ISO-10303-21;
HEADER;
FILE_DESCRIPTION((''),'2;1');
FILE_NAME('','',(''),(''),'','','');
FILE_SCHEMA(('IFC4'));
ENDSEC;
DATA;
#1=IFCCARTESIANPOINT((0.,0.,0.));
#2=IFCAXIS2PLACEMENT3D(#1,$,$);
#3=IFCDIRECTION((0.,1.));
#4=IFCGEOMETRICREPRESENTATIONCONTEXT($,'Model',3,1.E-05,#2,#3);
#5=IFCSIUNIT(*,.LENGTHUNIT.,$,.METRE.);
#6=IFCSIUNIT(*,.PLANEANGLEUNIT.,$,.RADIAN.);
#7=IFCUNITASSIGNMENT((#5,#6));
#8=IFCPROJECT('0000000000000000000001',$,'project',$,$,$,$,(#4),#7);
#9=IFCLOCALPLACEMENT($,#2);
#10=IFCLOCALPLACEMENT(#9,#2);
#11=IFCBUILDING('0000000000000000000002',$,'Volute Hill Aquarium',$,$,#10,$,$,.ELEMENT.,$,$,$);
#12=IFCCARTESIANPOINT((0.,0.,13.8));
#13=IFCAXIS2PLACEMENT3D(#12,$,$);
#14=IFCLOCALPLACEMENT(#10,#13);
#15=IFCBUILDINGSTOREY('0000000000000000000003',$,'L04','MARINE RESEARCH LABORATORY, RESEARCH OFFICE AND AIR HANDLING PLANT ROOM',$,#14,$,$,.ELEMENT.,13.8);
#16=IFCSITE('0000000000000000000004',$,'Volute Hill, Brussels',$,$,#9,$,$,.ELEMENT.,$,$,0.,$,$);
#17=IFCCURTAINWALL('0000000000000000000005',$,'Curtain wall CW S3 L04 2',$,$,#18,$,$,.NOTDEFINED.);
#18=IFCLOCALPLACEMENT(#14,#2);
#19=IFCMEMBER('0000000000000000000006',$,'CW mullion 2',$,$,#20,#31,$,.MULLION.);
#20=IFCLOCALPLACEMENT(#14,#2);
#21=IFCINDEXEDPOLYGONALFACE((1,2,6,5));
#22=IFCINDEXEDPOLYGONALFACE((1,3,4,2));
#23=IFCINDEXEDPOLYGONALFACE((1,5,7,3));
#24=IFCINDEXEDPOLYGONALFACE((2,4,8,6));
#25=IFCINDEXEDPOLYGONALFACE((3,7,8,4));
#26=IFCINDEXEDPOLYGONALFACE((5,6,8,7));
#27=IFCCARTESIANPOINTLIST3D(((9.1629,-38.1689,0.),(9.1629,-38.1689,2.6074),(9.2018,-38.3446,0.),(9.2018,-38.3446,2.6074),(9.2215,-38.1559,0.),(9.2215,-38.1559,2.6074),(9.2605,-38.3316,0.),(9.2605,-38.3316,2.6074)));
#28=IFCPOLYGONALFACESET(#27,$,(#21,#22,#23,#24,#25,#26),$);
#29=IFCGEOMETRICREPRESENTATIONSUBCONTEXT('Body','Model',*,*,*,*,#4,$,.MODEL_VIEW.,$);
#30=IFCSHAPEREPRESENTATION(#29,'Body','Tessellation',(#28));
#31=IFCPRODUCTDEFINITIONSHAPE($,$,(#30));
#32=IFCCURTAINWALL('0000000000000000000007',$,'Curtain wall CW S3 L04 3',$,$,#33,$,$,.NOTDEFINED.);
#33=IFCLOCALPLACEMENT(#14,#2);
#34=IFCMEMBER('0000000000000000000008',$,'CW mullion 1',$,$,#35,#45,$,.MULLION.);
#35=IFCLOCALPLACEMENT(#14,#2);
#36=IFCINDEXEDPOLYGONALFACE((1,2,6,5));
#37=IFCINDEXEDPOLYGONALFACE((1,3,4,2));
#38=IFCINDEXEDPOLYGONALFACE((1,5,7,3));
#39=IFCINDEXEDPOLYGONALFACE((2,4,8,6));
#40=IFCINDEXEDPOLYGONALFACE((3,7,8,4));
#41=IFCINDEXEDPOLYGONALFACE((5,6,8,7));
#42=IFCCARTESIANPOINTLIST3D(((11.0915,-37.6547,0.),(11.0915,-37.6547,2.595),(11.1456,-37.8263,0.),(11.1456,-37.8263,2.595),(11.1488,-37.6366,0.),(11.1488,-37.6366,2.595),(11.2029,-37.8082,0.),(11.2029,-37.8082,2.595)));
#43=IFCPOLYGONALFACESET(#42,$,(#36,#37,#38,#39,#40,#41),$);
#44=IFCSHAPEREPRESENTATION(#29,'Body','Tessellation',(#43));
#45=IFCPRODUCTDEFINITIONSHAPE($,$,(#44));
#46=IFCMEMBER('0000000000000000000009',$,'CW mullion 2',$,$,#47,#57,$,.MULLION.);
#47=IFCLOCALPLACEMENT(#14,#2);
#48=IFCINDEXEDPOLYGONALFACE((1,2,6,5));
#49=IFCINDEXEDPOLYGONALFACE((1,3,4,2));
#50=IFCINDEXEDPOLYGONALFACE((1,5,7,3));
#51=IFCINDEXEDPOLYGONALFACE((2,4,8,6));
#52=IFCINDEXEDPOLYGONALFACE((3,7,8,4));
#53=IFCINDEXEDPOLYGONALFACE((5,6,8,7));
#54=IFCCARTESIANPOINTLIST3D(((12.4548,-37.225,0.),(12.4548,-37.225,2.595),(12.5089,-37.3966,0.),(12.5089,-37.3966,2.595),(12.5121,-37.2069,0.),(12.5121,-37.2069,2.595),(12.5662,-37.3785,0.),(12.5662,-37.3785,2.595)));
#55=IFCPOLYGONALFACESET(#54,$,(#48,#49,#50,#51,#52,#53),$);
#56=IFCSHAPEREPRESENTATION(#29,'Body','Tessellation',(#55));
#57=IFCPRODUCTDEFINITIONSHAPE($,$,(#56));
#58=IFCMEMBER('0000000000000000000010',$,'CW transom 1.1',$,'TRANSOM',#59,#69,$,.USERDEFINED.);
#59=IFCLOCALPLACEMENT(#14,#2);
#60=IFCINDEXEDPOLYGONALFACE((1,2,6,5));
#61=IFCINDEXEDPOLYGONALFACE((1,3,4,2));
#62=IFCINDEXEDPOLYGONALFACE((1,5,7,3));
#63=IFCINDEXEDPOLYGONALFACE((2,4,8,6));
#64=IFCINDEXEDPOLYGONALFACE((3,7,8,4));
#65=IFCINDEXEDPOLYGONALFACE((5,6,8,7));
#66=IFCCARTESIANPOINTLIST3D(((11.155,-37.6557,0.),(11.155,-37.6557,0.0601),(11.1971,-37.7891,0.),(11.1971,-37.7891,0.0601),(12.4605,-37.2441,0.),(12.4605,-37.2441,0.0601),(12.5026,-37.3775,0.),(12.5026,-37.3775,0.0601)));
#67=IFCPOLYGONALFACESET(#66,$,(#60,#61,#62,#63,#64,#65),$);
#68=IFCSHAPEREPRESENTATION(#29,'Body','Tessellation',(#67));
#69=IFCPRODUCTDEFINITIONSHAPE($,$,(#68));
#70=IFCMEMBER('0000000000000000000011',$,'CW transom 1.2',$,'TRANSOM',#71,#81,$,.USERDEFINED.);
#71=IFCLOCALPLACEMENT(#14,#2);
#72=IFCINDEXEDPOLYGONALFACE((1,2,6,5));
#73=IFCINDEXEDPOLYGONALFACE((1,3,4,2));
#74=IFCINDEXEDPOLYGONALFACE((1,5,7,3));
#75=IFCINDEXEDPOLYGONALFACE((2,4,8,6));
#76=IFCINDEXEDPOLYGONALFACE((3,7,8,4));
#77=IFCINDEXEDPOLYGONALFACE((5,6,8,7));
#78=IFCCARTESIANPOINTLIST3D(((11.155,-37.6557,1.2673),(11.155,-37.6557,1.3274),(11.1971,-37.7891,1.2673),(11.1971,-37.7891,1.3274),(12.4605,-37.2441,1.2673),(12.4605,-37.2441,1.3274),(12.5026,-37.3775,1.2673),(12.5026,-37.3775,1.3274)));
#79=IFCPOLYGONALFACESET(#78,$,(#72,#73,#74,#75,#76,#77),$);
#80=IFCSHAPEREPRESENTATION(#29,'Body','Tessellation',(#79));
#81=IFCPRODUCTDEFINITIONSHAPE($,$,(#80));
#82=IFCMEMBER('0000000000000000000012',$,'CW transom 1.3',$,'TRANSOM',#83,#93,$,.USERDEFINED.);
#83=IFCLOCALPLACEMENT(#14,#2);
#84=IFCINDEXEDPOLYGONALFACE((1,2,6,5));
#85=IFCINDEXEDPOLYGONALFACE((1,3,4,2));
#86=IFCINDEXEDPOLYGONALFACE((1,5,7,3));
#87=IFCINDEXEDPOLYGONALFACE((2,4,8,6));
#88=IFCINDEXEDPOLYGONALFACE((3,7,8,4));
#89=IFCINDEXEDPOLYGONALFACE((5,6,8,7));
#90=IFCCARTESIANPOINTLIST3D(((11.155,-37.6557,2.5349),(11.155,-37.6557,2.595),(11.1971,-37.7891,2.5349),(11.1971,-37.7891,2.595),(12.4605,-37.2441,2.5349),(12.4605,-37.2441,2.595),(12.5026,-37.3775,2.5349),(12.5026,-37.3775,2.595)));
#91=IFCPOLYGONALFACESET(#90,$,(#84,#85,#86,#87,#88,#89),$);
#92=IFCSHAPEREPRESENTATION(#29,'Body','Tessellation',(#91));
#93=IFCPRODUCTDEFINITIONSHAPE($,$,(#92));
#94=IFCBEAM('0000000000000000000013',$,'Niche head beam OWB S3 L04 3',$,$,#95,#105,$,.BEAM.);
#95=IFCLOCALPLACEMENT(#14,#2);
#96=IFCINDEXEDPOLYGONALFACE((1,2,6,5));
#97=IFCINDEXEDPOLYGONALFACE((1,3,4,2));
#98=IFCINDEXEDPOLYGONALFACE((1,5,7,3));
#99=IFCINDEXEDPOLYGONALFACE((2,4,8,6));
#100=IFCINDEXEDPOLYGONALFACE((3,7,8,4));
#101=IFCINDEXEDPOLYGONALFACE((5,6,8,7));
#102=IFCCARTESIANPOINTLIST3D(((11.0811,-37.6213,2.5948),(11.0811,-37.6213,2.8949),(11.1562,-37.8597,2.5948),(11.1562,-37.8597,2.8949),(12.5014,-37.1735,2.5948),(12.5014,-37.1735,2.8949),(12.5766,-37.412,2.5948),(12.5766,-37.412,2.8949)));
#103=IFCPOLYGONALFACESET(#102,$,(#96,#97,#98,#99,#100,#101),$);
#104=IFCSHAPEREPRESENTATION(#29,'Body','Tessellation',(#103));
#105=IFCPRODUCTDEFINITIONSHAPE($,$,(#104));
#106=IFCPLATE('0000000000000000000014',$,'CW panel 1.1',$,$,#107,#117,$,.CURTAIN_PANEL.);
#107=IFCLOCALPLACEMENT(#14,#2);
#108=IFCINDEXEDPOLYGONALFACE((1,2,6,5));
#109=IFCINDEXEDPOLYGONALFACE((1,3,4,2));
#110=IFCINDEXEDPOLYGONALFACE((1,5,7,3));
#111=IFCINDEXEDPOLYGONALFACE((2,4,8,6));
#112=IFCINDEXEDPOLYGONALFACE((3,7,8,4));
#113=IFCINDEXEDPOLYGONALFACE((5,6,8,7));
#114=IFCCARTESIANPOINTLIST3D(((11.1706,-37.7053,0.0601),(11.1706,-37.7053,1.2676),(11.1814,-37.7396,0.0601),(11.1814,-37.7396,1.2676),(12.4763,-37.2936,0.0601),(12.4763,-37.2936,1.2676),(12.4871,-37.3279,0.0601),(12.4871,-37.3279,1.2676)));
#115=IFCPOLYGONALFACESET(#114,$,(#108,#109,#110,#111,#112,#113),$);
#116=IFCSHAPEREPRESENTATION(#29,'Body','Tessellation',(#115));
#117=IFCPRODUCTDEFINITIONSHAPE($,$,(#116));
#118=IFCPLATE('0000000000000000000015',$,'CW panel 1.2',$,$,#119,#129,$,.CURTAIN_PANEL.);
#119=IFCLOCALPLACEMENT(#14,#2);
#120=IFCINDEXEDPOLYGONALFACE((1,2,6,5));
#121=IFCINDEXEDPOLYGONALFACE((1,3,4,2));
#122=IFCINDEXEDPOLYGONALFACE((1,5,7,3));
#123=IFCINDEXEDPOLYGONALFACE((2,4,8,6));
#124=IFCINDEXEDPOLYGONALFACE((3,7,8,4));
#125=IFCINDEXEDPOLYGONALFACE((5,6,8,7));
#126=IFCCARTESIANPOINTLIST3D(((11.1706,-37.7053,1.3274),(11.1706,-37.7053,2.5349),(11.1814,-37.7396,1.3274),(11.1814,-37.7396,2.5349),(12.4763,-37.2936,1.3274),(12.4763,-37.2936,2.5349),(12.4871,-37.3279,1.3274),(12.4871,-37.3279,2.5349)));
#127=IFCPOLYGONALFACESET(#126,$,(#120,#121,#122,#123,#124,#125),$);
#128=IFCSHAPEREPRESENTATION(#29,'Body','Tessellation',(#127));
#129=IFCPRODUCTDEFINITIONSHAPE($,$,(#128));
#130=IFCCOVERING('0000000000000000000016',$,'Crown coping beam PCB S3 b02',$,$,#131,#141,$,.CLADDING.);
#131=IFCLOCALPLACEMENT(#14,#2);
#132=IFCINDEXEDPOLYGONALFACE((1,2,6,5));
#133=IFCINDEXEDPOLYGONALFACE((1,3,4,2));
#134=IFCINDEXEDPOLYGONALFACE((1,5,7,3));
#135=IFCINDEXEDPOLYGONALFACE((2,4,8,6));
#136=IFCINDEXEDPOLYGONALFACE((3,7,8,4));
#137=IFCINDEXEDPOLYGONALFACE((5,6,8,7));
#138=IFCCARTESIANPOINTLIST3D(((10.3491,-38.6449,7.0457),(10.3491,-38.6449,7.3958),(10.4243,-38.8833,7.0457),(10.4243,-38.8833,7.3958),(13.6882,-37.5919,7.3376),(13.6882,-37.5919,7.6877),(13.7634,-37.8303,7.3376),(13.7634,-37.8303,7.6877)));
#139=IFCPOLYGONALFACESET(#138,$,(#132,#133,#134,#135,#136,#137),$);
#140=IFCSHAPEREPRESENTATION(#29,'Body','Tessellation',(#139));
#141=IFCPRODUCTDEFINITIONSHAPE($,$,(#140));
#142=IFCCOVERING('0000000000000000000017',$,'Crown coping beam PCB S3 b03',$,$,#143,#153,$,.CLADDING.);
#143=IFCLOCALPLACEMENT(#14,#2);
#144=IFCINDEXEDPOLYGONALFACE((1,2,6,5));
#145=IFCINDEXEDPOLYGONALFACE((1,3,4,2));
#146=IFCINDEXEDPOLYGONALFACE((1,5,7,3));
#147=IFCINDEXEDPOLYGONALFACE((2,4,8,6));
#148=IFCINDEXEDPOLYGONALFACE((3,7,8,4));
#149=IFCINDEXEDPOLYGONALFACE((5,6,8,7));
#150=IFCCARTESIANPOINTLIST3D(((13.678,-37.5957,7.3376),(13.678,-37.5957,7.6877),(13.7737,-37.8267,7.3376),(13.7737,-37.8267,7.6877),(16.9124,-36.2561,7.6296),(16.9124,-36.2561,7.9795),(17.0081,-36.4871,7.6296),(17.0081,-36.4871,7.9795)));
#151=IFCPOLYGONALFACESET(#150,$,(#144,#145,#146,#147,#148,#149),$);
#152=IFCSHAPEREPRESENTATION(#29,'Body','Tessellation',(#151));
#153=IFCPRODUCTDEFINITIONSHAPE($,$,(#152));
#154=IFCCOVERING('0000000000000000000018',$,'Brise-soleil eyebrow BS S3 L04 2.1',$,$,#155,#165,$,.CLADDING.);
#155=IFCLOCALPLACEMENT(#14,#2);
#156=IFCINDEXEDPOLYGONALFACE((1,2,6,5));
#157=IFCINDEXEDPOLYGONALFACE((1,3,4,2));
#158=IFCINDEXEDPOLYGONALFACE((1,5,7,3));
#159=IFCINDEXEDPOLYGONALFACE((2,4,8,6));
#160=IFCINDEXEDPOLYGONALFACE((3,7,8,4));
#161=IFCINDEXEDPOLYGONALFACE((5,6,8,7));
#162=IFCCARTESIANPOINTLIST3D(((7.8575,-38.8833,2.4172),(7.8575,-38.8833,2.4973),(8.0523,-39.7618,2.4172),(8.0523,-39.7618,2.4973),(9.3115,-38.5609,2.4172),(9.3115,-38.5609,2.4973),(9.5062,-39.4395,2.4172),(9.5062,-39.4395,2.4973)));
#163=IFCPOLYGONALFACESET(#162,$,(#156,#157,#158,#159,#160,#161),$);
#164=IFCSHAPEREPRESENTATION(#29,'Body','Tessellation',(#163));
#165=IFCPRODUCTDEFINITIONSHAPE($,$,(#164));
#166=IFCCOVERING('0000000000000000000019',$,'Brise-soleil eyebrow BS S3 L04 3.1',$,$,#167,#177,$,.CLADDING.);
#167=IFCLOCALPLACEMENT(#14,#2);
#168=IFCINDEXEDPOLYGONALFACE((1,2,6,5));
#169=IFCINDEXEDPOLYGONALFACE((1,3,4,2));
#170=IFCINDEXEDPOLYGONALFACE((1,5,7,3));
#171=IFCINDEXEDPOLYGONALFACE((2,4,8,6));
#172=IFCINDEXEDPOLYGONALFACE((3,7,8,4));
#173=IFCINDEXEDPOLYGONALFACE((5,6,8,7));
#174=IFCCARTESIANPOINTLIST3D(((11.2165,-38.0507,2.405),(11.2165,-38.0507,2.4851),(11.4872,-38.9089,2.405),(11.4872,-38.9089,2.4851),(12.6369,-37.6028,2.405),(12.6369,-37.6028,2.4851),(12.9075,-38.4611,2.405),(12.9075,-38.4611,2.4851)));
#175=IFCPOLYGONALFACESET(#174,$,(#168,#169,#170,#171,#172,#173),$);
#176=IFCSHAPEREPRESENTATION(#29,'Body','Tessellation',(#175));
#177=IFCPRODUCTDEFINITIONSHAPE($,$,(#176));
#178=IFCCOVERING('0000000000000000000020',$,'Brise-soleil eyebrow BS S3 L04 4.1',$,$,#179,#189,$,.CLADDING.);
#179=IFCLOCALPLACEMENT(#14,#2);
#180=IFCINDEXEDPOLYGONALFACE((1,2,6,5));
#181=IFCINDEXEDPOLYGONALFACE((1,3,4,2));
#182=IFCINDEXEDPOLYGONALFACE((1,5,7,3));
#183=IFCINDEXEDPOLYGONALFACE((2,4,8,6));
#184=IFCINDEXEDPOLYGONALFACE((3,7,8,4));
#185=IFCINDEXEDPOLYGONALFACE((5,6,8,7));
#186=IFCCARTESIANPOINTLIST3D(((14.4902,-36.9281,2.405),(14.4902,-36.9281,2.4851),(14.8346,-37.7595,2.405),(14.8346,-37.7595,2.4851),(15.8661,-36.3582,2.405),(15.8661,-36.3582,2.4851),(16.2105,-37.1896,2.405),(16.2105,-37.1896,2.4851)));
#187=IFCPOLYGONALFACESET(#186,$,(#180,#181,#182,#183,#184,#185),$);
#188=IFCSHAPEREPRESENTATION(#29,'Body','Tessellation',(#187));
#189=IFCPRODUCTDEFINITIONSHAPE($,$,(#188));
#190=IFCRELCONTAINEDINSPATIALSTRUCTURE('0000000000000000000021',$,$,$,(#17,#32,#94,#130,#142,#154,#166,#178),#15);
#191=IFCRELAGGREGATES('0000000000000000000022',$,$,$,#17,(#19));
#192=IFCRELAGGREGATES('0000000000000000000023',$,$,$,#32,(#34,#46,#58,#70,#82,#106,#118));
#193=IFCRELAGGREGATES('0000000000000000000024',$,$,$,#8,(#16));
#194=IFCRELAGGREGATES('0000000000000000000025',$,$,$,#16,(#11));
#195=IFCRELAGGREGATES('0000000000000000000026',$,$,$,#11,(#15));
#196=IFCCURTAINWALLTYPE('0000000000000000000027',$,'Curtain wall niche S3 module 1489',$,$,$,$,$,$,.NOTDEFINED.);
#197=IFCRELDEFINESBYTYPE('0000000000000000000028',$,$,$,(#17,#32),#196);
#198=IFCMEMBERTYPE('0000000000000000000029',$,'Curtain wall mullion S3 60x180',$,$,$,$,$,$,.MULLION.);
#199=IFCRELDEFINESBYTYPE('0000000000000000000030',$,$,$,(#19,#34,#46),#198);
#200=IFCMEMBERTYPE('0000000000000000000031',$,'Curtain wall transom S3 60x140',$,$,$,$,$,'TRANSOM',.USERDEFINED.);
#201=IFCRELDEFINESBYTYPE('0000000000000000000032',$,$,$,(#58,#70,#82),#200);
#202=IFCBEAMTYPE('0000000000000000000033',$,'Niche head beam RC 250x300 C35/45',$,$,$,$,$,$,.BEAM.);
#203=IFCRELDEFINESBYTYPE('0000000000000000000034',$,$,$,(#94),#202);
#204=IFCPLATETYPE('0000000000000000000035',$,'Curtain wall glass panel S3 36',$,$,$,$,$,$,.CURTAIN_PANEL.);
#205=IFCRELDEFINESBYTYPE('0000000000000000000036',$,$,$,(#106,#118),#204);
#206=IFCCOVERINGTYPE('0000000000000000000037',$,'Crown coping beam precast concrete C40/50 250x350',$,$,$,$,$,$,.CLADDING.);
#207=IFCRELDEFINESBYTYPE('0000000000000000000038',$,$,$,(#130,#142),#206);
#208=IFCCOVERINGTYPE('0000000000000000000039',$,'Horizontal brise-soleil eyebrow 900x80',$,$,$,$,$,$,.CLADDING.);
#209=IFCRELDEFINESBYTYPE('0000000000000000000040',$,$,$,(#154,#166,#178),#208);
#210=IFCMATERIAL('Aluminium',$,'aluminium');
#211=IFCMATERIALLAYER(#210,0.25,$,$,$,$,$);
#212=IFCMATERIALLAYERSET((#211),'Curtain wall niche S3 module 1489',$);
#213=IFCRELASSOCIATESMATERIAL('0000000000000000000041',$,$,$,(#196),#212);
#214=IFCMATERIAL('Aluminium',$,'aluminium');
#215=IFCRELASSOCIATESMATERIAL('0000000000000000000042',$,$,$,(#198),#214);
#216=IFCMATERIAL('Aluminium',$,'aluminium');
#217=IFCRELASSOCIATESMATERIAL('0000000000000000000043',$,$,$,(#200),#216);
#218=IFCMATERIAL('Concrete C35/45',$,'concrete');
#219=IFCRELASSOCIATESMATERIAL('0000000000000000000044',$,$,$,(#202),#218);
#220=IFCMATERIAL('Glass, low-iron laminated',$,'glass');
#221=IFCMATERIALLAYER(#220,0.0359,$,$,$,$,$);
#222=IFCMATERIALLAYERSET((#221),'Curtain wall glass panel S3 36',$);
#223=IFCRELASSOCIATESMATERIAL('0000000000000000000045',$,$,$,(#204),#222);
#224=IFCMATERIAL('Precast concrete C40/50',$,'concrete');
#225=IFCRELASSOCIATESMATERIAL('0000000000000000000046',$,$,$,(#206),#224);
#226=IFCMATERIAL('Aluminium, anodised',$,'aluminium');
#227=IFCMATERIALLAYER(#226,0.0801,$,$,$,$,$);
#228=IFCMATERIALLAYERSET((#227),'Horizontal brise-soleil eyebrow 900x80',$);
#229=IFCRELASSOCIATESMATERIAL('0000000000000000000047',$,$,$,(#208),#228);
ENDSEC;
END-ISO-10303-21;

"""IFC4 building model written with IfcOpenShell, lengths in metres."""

from ifc_helpers import new_model, si_unit, direction, frame, origin, origin_2d, place, context, subcontext, project, spatial, polyline, rectangle, outline, extrude, material, layer, layer_set, material_profile, profile_set, type_object, element, aggregate, save


model = new_model("IFC4")

# Units and contexts
model_context = context("Model", 3, precision=1e-05, world=origin(), true_north=direction((0.0, 1.0)))
body_context = subcontext(model_context, "Body", "Model", "MODEL_VIEW")
ifc_project = project(units=[si_unit("LENGTHUNIT", "METRE"), si_unit("PLANEANGLEUNIT", "RADIAN")], contexts=[model_context])

# Site, building, storey
site_placement = place(None, origin())
site = spatial("IfcSite", under=ifc_project, at=site_placement, Name="Volute Hill, Brussels", CompositionType="ELEMENT", RefElevation=0.0)
building_placement = place(site_placement, origin())
building = spatial("IfcBuilding", under=site, at=building_placement, Name="Volute Hill Aquarium", CompositionType="ELEMENT")
storey_placement = place(building_placement, frame((0.0, 0.0, 13.8)))
storey = spatial("IfcBuildingStorey", under=building, at=storey_placement, Name="L04", Description="MARINE RESEARCH LABORATORY, RESEARCH OFFICE AND AIR HANDLING PLANT ROOM", CompositionType="ELEMENT", Elevation=13.8)

# Curtain wall, member
ifc_material_1 = material(Name="Aluminium", Category="aluminium")
ifc_layer_1 = layer(ifc_material_1, 0.25)
ifc_layer_set_1 = layer_set([ifc_layer_1], Name="Curtain wall niche S3 module 1489")
curtain_wall_type = type_object("IfcCurtainWallType", Name="Curtain wall niche S3 module 1489", PredefinedType="NOTDEFINED", material=ifc_layer_set_1)
curtain_wall_1_placement = place(storey_placement, origin())
curtain_wall_1 = element("IfcCurtainWall", 1, at=curtain_wall_1_placement, inside=storey, type_object=curtain_wall_type, Name="Curtain wall CW S3 L04 2", PredefinedType="NOTDEFINED")
ifc_material_2 = material(Name="Aluminium", Category="aluminium")
ifc_material_profile_1 = material_profile(ifc_material_2, rectangle(XDim=0.1799, YDim=0.0601, at=origin_2d()), Name="Curtain wall mullion S3 60x180")
ifc_profile_set_1 = profile_set([ifc_material_profile_1], Name="Aluminium")
member_type_1 = type_object("IfcMemberType", Name="Curtain wall mullion S3 60x180", PredefinedType="MULLION", material=ifc_profile_set_1)
member_1_placement = place(storey_placement, frame((9.2117, -38.2502, 0.0), z_axis=(0.0, 0.0, 1.0), x_axis=(-0.216429, 0.976298, 0.0)))
member_1 = element("IfcMember", 2, at=member_1_placement, type_object=member_type_1, Name="CW mullion 2", PredefinedType="MULLION", context=body_context, shape_type="SweptSolid", body=[
    extrude(rectangle(XDim=0.1799, YDim=0.0601, at=origin_2d()), origin(), (0.0, 0.0, 1.0), 2.6074),
])
aggregate(curtain_wall_1, [member_1])

# Curtain wall, members
curtain_wall_2_placement = place(storey_placement, origin())
curtain_wall_2 = element("IfcCurtainWall", 3, at=curtain_wall_2_placement, inside=storey, type_object=curtain_wall_type, Name="Curtain wall CW S3 L04 3", PredefinedType="NOTDEFINED")
member_2_placement = place(storey_placement, frame((11.1472, -37.7314, 0.0), z_axis=(0.0, 0.0, 1.0), x_axis=(-0.300713, 0.953715, 0.0)))
member_2 = element("IfcMember", 4, at=member_2_placement, type_object=member_type_1, Name="CW mullion 1", PredefinedType="MULLION", context=body_context, shape_type="SweptSolid", body=[
    extrude(rectangle(XDim=0.1799, YDim=0.0601, at=origin_2d()), origin(), (0.0, 0.0, 1.0), 2.595),
])
member_3_placement = place(storey_placement, frame((12.5105, -37.3018, 0.0), z_axis=(0.0, 0.0, 1.0), x_axis=(-0.300713, 0.953715, 0.0)))
member_3 = element("IfcMember", 5, at=member_3_placement, type_object=member_type_1, Name="CW mullion 2", PredefinedType="MULLION", context=body_context, shape_type="SweptSolid", body=[
    extrude(rectangle(XDim=0.1799, YDim=0.0601, at=origin_2d()), origin(), (0.0, 0.0, 1.0), 2.595),
])
ifc_material_3 = material(Name="Aluminium", Category="aluminium")
ifc_material_profile_2 = material_profile(ifc_material_3, rectangle(XDim=0.1399, YDim=0.0601, at=origin_2d()), Name="Curtain wall transom S3 60x140")
ifc_profile_set_2 = profile_set([ifc_material_profile_2], Name="Aluminium")
member_type_2 = type_object("IfcMemberType", Name="Curtain wall transom S3 60x140", ElementType="TRANSOM", PredefinedType="USERDEFINED", material=ifc_profile_set_2)
member_4_placement = place(storey_placement, frame((11.176, -37.7224, 0.03), z_axis=(0.953728, 0.30067, 0.0), x_axis=(-0.30067, 0.953728, 0.0)))
member_4 = element("IfcMember", 6, at=member_4_placement, type_object=member_type_2, Name="CW transom 1.1", ObjectType="TRANSOM", PredefinedType="USERDEFINED", context=body_context, shape_type="SweptSolid", body=[
    extrude(rectangle(XDim=0.1399, YDim=0.0601, at=origin_2d()), origin(), (0.0, 0.0, 1.0), 1.3689),
])
member_5_placement = place(storey_placement, frame((11.176, -37.7224, 1.2974), z_axis=(0.953728, 0.30067, 0.0), x_axis=(-0.30067, 0.953728, 0.0)))
member_5 = element("IfcMember", 7, at=member_5_placement, type_object=member_type_2, Name="CW transom 1.2", ObjectType="TRANSOM", PredefinedType="USERDEFINED", context=body_context, shape_type="SweptSolid", body=[
    extrude(rectangle(XDim=0.1399, YDim=0.0601, at=origin_2d()), origin(), (0.0, 0.0, 1.0), 1.3689),
])
member_6_placement = place(storey_placement, frame((11.176, -37.7224, 2.5649), z_axis=(0.953728, 0.30067, 0.0), x_axis=(-0.30067, 0.953728, 0.0)))
member_6 = element("IfcMember", 8, at=member_6_placement, type_object=member_type_2, Name="CW transom 1.3", ObjectType="TRANSOM", PredefinedType="USERDEFINED", context=body_context, shape_type="SweptSolid", body=[
    extrude(rectangle(XDim=0.1399, YDim=0.0601, at=origin_2d()), origin(), (0.0, 0.0, 1.0), 1.3689),
])

# Beam
ifc_material_4 = material(Name="Concrete C35/45", Category="concrete")
ifc_material_profile_3 = material_profile(ifc_material_4, rectangle(XDim=0.25, YDim=0.3, at=origin_2d()), Name="RC beam 250x300")
ifc_profile_set_3 = profile_set([ifc_material_profile_3], Name="Concrete C35/45")
beam_type = type_object("IfcBeamType", Name="Niche head beam RC 250x300 C35/45", PredefinedType="BEAM", material=ifc_profile_set_3)
beam_placement = place(storey_placement, frame((11.1187, -37.7405, 2.7449), z_axis=(0.953736, 0.300645, 0.0), x_axis=(-0.300645, 0.953736, 0.0)))
element("IfcBeam", 9, at=beam_placement, inside=storey, type_object=beam_type, Name="Niche head beam OWB S3 L04 3", PredefinedType="BEAM", context=body_context, shape_type="SweptSolid", body=[
    extrude(rectangle(XDim=0.25, YDim=0.3, at=origin_2d()), origin(), (0.0, 0.0, 1.0), 1.4893),
])

# Plates
ifc_material_5 = material(Name="Glass, low-iron laminated", Category="glass")
ifc_layer_2 = layer(ifc_material_5, 0.0359)
ifc_layer_set_2 = layer_set([ifc_layer_2], Name="Curtain wall glass panel S3 36")
plate_type = type_object("IfcPlateType", Name="Curtain wall glass panel S3 36", PredefinedType="CURTAIN_PANEL", material=ifc_layer_set_2)
plate_1_placement = place(storey_placement, frame((11.8289, -37.5166, 0.0601), z_axis=(0.0, 0.0, 1.0), x_axis=(0.953715, 0.300713, 0.0)))
plate_1 = element("IfcPlate", 10, at=plate_1_placement, type_object=plate_type, Name="CW panel 1.1", PredefinedType="CURTAIN_PANEL", context=body_context, shape_type="SweptSolid", body=[
    extrude(rectangle(XDim=1.3691, YDim=0.0359, at=origin_2d()), origin(), (0.0, 0.0, 1.0), 1.2075),
])
plate_2_placement = place(storey_placement, frame((11.8289, -37.5166, 1.3274), z_axis=(0.0, 0.0, 1.0), x_axis=(0.953715, 0.300713, 0.0)))
plate_2 = element("IfcPlate", 11, at=plate_2_placement, type_object=plate_type, Name="CW panel 1.2", PredefinedType="CURTAIN_PANEL", context=body_context, shape_type="SweptSolid", body=[
    extrude(rectangle(XDim=1.3691, YDim=0.0359, at=origin_2d()), origin(), (0.0, 0.0, 1.0), 1.2075),
])
aggregate(curtain_wall_2, [member_2, member_3, member_4, member_5, member_6, plate_1, plate_2])

# Coverings
ifc_material_6 = material(Name="Precast concrete C40/50", Category="concrete")
covering_type_1 = type_object("IfcCoveringType", Name="Crown coping beam precast concrete C40/50 250x350", PredefinedType="CLADDING", material=ifc_material_6)
covering_1_placement = place(storey_placement, frame((10.4243, -38.8833, 7.0457), z_axis=(0.300748, -0.953704, 0.0), x_axis=(0.950404, 0.299707, 0.083109)))
element("IfcCovering", 12, at=covering_1_placement, inside=storey, type_object=covering_type_1, Name="Crown coping beam PCB S3 b02", PredefinedType="CLADDING", context=body_context, shape_type="SweptSolid", body=[
    extrude(outline(polyline([(0.0, 0.0), (3.5134, 0.0), (3.5425, 0.3489), (0.0291, 0.3489), (0.0, 0.0)])), origin(), (0.0, 0.0, -1.0), 0.25),
])
covering_2_placement = place(storey_placement, frame((13.7737, -37.8267, 7.3376), z_axis=(0.382654, -0.923892, 0.0), x_axis=(0.920695, 0.381329, 0.083118)))
element("IfcCovering", 13, at=covering_2_placement, inside=storey, type_object=covering_type_1, Name="Crown coping beam PCB S3 b03", PredefinedType="CLADDING", context=body_context, shape_type="SweptSolid", body=[
    extrude(outline(polyline([(0.0, 0.0), (3.513, 0.0), (3.5421, 0.3486), (0.0291, 0.3489), (0.0, 0.0)])), origin(), (0.0, 0.0, -1.0), 0.25),
])
ifc_material_7 = material(Name="Aluminium, anodised", Category="aluminium")
ifc_layer_3 = layer(ifc_material_7, 0.0801)
ifc_layer_set_3 = layer_set([ifc_layer_3], Name="Horizontal brise-soleil eyebrow 900x80")
covering_type_2 = type_object("IfcCoveringType", Name="Horizontal brise-soleil eyebrow 900x80", PredefinedType="CLADDING", material=ifc_layer_set_3)
for number, where, z_axis, x_axis, name in (
    (14, (8.6819, -39.1614, 2.4172), (0.0, 0.0, 1.0), (0.976297, 0.216435, 0.0), "Brise-soleil eyebrow BS S3 L04 2.1"),
    (15, (12.062, -38.2559, 2.405), (0.0, 0.0, 1.0), (0.953714, 0.300715, 0.0), "Brise-soleil eyebrow BS S3 L04 3.1"),
    (16, (15.3503, -37.0588, 2.405), (0.0, 0.0, 1.0), (0.923875, 0.382694, 0.0), "Brise-soleil eyebrow BS S3 L04 4.1"),
):
    element("IfcCovering", number, at=place(storey_placement, frame(where, z_axis=z_axis, x_axis=x_axis)), inside=storey, type_object=covering_type_2, Name=name, PredefinedType="CLADDING", context=body_context, shape_type="SweptSolid", body=[
        extrude(rectangle(XDim=1.4893, YDim=0.8999, at=origin_2d()), origin(), (0.0, 0.0, 1.0), 0.0801),
    ])

save(model, "model.ifc")
